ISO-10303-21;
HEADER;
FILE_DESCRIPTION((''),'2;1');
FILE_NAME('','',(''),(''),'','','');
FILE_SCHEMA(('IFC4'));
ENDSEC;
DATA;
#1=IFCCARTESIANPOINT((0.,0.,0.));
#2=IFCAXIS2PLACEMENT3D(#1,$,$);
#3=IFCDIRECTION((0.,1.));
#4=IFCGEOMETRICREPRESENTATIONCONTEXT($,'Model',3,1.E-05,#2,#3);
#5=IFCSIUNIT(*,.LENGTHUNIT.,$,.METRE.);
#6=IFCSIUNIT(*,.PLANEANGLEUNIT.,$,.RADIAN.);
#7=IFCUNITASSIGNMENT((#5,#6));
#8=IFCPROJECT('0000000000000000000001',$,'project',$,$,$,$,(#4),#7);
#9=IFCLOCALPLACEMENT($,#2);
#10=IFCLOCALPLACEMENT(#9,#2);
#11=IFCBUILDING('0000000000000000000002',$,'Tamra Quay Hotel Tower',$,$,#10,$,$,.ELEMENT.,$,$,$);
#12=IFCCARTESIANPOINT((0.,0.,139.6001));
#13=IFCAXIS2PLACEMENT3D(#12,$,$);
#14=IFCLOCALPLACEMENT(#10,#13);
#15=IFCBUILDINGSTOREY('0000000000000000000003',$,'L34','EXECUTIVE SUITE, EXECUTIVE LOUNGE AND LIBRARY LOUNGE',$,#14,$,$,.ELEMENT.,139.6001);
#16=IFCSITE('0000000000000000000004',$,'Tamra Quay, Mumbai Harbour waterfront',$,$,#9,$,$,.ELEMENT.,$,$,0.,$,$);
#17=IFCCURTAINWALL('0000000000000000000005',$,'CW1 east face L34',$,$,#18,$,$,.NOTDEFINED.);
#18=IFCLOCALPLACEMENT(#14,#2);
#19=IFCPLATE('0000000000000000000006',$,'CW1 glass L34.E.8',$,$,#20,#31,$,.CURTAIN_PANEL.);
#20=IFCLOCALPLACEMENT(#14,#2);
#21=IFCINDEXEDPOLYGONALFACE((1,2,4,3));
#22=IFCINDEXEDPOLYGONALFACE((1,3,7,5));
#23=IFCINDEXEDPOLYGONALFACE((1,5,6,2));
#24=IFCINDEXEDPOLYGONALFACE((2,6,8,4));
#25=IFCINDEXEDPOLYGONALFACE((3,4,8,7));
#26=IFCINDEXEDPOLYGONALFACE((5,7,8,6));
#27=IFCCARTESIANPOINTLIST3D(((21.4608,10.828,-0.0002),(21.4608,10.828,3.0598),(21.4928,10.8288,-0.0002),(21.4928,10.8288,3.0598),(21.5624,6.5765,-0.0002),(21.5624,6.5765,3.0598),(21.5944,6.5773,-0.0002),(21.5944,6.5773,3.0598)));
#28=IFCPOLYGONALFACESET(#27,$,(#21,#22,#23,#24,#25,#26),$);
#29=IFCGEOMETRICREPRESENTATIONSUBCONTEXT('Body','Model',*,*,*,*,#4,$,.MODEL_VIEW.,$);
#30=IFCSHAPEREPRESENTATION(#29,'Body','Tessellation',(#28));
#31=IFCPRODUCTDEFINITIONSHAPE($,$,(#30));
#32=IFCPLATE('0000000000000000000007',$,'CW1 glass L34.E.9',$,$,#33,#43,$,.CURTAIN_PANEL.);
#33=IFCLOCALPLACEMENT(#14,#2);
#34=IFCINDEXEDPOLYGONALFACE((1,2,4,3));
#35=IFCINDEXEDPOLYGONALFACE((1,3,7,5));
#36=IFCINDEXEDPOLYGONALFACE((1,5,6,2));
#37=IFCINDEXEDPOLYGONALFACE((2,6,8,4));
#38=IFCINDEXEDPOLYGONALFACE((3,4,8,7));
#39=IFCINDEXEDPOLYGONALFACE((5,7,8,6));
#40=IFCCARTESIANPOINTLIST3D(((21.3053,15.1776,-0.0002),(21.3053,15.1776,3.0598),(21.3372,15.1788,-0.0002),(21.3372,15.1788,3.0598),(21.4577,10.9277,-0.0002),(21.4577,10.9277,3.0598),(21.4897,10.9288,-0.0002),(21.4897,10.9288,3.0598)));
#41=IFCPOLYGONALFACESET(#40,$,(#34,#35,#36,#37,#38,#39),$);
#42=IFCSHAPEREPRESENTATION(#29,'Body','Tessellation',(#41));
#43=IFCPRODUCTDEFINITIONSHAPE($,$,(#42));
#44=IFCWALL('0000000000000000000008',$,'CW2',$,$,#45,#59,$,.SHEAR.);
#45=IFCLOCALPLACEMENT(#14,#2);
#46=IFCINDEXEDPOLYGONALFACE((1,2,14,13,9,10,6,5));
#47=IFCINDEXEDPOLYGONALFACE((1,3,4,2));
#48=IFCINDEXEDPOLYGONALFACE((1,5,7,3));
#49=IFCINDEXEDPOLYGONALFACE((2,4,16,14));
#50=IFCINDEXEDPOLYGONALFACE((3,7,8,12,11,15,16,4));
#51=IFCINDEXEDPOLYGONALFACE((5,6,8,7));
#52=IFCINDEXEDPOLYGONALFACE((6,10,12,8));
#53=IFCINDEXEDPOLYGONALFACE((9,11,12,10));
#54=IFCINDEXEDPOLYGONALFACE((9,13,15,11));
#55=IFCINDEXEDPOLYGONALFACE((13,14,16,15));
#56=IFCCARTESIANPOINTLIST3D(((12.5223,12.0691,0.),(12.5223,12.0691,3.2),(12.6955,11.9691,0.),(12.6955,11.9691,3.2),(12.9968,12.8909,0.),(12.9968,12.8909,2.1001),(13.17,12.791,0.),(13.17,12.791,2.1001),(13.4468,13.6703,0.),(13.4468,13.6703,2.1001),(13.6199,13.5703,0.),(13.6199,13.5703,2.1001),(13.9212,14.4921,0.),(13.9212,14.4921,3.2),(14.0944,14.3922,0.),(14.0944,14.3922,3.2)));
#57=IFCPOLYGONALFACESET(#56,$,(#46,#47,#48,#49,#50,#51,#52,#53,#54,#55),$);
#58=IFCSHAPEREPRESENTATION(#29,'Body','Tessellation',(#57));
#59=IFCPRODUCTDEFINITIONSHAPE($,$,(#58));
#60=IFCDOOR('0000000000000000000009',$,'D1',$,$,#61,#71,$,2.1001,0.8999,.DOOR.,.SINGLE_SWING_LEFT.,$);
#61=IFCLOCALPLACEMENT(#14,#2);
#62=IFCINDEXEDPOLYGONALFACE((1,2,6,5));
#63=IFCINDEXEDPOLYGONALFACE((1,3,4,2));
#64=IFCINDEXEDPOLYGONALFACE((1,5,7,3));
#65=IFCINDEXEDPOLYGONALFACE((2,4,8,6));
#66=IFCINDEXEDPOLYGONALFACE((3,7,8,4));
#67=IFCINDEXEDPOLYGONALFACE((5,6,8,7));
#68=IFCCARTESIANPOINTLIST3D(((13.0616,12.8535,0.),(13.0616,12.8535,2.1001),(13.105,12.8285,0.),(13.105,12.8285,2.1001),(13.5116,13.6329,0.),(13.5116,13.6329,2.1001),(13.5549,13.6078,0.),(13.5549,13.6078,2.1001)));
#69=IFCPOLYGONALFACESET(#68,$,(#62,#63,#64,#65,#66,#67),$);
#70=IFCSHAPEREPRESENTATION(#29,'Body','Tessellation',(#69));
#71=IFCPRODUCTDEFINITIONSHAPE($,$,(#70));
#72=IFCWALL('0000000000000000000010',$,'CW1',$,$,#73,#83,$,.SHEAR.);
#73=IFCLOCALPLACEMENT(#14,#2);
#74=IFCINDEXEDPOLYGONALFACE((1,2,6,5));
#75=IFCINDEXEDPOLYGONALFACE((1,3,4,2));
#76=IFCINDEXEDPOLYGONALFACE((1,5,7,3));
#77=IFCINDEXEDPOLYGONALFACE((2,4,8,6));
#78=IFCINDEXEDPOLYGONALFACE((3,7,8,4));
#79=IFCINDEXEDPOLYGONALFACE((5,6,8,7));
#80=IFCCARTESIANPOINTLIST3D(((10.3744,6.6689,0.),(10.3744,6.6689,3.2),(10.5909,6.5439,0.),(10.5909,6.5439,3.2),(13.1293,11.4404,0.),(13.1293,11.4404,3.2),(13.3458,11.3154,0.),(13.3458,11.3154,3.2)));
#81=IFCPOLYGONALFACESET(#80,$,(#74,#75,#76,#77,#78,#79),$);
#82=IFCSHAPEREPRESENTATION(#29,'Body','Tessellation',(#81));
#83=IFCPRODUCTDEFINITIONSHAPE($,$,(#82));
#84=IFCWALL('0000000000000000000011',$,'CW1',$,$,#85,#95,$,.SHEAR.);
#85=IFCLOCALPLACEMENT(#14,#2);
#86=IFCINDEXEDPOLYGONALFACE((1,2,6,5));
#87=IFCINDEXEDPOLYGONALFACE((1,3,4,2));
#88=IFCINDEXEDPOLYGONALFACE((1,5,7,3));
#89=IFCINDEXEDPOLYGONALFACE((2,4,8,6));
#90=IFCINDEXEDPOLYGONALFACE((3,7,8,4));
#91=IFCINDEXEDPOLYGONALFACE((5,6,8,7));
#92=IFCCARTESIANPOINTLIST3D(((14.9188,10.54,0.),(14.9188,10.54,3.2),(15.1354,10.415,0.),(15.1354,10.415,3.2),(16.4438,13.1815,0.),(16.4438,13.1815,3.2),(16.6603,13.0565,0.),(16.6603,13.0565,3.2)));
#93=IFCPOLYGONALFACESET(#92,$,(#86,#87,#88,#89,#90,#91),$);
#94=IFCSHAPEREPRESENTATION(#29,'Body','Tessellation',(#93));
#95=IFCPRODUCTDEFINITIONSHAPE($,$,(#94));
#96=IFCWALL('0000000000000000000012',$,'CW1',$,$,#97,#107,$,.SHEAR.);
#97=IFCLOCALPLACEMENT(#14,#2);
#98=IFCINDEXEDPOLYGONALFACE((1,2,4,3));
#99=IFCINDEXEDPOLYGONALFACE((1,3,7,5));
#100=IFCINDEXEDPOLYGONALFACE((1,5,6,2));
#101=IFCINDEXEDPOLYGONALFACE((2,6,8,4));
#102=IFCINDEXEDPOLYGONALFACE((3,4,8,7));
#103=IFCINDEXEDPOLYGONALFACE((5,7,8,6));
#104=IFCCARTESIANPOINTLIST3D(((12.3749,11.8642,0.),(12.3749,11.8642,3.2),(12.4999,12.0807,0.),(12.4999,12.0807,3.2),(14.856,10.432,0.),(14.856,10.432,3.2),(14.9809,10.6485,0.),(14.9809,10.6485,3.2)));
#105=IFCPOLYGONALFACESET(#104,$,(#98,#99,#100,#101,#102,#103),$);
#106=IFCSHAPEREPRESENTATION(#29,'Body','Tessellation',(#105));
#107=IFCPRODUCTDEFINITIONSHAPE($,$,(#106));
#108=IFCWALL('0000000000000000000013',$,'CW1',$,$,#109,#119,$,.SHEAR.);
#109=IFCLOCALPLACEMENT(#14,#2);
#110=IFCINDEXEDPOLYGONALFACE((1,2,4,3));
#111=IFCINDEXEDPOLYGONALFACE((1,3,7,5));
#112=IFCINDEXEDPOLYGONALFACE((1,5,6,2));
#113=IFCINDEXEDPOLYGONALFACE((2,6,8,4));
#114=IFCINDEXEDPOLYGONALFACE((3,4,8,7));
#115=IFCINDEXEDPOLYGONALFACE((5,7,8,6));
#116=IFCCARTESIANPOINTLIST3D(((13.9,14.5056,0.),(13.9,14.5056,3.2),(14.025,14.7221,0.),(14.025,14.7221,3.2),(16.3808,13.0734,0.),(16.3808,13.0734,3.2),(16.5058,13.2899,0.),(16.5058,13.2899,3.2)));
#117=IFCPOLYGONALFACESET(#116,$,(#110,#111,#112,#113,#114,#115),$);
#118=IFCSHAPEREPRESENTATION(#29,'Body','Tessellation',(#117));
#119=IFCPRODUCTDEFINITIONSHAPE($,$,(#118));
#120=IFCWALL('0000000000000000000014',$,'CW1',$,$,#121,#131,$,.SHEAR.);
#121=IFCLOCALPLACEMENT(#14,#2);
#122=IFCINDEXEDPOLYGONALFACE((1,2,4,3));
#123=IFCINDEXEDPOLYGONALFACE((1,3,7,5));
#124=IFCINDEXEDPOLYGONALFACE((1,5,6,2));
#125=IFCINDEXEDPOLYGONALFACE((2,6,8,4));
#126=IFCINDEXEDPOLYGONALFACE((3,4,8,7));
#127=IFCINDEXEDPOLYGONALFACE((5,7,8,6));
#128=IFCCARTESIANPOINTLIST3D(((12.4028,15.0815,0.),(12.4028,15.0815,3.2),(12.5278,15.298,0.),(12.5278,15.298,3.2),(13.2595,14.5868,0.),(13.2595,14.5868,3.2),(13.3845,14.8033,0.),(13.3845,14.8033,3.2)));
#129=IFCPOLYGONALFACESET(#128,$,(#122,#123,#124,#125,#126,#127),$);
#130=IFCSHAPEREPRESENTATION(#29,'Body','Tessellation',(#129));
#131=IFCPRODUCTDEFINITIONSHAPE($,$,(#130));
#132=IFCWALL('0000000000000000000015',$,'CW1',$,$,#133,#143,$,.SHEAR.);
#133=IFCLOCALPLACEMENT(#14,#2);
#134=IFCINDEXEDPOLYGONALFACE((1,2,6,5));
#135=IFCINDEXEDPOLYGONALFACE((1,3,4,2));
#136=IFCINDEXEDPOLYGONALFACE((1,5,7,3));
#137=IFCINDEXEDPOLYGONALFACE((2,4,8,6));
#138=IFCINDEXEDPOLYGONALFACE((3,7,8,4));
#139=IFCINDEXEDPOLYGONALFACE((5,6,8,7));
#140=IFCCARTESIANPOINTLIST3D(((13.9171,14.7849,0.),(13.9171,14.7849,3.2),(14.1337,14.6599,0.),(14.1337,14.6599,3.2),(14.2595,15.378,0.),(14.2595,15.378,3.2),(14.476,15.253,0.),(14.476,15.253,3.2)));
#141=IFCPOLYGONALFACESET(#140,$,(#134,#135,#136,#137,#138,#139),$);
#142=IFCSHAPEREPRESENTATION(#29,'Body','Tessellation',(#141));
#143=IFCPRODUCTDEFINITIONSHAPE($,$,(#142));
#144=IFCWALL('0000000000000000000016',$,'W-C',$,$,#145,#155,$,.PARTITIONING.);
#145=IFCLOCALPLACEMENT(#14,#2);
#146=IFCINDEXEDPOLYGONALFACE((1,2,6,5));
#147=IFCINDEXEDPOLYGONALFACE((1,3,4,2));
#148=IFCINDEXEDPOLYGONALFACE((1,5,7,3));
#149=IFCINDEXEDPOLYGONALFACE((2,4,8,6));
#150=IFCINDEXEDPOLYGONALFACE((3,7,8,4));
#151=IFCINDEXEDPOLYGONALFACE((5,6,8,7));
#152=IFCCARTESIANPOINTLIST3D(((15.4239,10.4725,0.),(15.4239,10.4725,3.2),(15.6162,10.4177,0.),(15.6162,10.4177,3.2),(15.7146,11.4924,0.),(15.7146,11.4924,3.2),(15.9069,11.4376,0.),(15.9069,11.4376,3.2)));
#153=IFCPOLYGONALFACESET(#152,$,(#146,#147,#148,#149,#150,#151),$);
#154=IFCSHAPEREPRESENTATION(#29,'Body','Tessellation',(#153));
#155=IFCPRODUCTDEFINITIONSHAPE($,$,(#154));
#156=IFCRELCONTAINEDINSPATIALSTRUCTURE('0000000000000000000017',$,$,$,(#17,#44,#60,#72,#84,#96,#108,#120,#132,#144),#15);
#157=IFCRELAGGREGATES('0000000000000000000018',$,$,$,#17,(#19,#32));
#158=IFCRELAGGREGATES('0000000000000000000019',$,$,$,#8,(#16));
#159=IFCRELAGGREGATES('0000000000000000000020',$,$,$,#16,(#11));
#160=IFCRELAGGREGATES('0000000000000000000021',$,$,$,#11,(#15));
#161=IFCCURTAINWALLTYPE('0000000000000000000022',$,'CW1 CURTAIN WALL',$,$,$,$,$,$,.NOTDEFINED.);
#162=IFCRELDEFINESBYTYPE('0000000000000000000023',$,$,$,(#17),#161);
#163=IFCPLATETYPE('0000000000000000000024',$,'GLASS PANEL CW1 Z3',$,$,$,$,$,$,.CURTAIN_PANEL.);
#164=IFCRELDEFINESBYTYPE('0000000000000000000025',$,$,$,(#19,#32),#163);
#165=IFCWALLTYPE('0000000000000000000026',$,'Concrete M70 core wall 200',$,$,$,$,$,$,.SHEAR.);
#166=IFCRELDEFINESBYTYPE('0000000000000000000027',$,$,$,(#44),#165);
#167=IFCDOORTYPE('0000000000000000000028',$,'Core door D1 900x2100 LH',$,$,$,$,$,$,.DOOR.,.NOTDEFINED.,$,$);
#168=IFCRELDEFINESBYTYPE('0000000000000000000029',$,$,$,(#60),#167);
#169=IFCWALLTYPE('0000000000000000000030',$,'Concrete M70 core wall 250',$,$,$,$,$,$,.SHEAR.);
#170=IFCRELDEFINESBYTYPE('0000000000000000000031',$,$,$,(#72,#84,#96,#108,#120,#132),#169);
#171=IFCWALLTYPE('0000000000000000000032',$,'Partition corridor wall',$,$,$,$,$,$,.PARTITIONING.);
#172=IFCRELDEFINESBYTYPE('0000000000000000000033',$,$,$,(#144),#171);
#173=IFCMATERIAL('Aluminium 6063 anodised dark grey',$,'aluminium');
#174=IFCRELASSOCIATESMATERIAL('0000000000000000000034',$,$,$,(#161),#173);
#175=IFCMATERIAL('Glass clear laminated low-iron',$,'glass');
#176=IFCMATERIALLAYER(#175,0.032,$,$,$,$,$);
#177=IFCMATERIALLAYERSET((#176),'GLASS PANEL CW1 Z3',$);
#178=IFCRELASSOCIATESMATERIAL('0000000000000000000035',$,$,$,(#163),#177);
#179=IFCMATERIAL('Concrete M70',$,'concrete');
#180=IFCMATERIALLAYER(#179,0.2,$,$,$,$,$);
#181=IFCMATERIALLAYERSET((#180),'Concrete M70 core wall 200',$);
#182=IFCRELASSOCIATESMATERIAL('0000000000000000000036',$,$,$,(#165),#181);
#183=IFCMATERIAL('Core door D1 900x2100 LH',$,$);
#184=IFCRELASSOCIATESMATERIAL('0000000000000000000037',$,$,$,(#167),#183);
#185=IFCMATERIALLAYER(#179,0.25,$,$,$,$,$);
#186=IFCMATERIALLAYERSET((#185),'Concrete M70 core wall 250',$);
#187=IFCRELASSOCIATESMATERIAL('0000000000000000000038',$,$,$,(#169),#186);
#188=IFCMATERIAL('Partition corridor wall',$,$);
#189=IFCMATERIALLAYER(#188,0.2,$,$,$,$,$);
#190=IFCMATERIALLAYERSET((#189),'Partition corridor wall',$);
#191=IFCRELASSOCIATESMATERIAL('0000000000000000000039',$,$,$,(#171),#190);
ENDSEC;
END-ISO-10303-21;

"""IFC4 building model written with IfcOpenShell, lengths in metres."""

from ifc_helpers import new_model, si_unit, direction, frame, frame_2d, origin, origin_2d, place, context, subcontext, project, spatial, rectangle, extrude, material, layer, layer_set, type_object, element, fill, aggregate, save


model = new_model("IFC4")

# Units and contexts
model_context = context("Model", 3, precision=1e-05, world=origin(), true_north=direction((0.0, 1.0)))
body_context = subcontext(model_context, "Body", "Model", "MODEL_VIEW")
ifc_project = project(units=[si_unit("LENGTHUNIT", "METRE"), si_unit("PLANEANGLEUNIT", "RADIAN")], contexts=[model_context])

# Site, building, storey
site_placement = place(None, origin())
site = spatial("IfcSite", under=ifc_project, at=site_placement, Name="Tamra Quay, Mumbai Harbour waterfront", CompositionType="ELEMENT", RefElevation=0.0)
building_placement = place(site_placement, origin())
building = spatial("IfcBuilding", under=site, at=building_placement, Name="Tamra Quay Hotel Tower", CompositionType="ELEMENT")
storey_placement = place(building_placement, frame((0.0, 0.0, 139.6001)))
storey = spatial("IfcBuildingStorey", under=building, at=storey_placement, Name="L34", Description="EXECUTIVE SUITE, EXECUTIVE LOUNGE AND LIBRARY LOUNGE", CompositionType="ELEMENT", Elevation=139.6001)

# Shared definitions
ifc_material_1 = material(Name="Concrete M70", Category="concrete")

# Curtain wall
ifc_material_2 = material(Name="Aluminium 6063 anodised dark grey", Category="aluminium")
curtain_wall_type = type_object("IfcCurtainWallType", Name="CW1 CURTAIN WALL", PredefinedType="NOTDEFINED", material=ifc_material_2)
curtain_wall_placement = place(storey_placement, origin())
curtain_wall = element("IfcCurtainWall", 1, at=curtain_wall_placement, inside=storey, type_object=curtain_wall_type, Name="CW1 east face L34", PredefinedType="NOTDEFINED")

# Plates
ifc_material_3 = material(Name="Glass clear laminated low-iron", Category="glass")
ifc_layer_1 = layer(ifc_material_3, 0.032)
ifc_layer_set_1 = layer_set([ifc_layer_1], Name="GLASS PANEL CW1 Z3")
plate_type = type_object("IfcPlateType", Name="GLASS PANEL CW1 Z3", PredefinedType="CURTAIN_PANEL", material=ifc_layer_set_1)
plate_1_placement = place(storey_placement, frame((21.5276, 8.7026, -0.0002), z_axis=(0.0, 0.0, 1.0), x_axis=(-0.023896, 0.999714, 0.0)))
plate_1 = element("IfcPlate", 2, at=plate_1_placement, type_object=plate_type, Name="CW1 glass L34.E.8", PredefinedType="CURTAIN_PANEL", context=body_context, shape_type="SweptSolid", body=[
    extrude(rectangle(XDim=4.2527, YDim=0.032, at=origin_2d()), origin(), (0.0, 0.0, 1.0), 3.0601),
])
plate_2_placement = place(storey_placement, frame((21.3975, 13.0532, -0.0002), z_axis=(0.0, 0.0, 1.0), x_axis=(-0.035845, 0.999357, 0.0)))
plate_2 = element("IfcPlate", 3, at=plate_2_placement, type_object=plate_type, Name="CW1 glass L34.E.9", PredefinedType="CURTAIN_PANEL", context=body_context, shape_type="SweptSolid", body=[
    extrude(rectangle(XDim=4.2527, YDim=0.032, at=origin_2d()), origin(), (0.0, 0.0, 1.0), 3.0601),
])
aggregate(curtain_wall, [plate_1, plate_2])

# Wall, opening, door
ifc_layer_2 = layer(ifc_material_1, 0.2)
ifc_layer_set_2 = layer_set([ifc_layer_2], Name="Concrete M70 core wall 200")
wall_type_1 = type_object("IfcWallType", Name="Concrete M70 core wall 200", PredefinedType="SHEAR", material=ifc_layer_set_2)
wall_1_placement = place(storey_placement, frame((14.0078, 14.4421, 0.0), z_axis=(0.0, 0.0, 1.0), x_axis=(-0.499987, -0.866033, 0.0)))
wall_1 = element("IfcWall", 4, at=wall_1_placement, inside=storey, type_object=wall_type_1, Name="CW2", PredefinedType="SHEAR", context=body_context, shape_type="SweptSolid", body=[
    extrude(rectangle(XDim=2.7979, YDim=0.2, at=frame_2d((1.3989, 0.0))), origin(), (0.0, 0.0, 1.0), 3.2),
])
opening_placement = place(wall_1_placement, frame((0.949, 0.0, 0.0)))
opening = element("IfcOpeningElement", 5, at=opening_placement, cuts=wall_1, PredefinedType="OPENING", context=body_context, shape_type="SweptSolid", body=[
    extrude(rectangle(XDim=0.8999, YDim=2.1001, at=frame_2d((0.45, 1.05))), frame((0.0, 0.1099, 0.0), z_axis=(0.0, -1.0, 0.0), x_axis=(1.0, 0.0, 0.0)), (0.0, 0.0, 1.0), 0.22),
])
ifc_material_4 = material(Name="Core door D1 900x2100 LH")
door_type = type_object("IfcDoorType", Name="Core door D1 900x2100 LH", OperationType="NOTDEFINED", PredefinedType="DOOR", material=ifc_material_4)
door_placement = place(opening_placement, origin())
door = element("IfcDoor", 6, at=door_placement, inside=storey, type_object=door_type, Name="D1", OperationType="SINGLE_SWING_LEFT", OverallHeight=2.1001, OverallWidth=0.8999, PredefinedType="DOOR", context=body_context, shape_type="SweptSolid", body=[
    extrude(rectangle(XDim=0.8999, YDim=2.1001, at=frame_2d((0.45, 1.05))), frame((0.0, 0.0249, 0.0), z_axis=(0.0, -1.0, 0.0), x_axis=(1.0, 0.0, 0.0)), (0.0, 0.0, 1.0), 0.05),
])
fill(opening, door)

# Walls
ifc_layer_3 = layer(ifc_material_1, 0.25)
ifc_layer_set_3 = layer_set([ifc_layer_3], Name="Concrete M70 core wall 250")
wall_type_2 = type_object("IfcWallType", Name="Concrete M70 core wall 250", PredefinedType="SHEAR", material=ifc_layer_set_3)
wall_2_placement = place(storey_placement, frame((13.2375, 11.3779, 0.0), z_axis=(0.0, 0.0, 1.0), x_axis=(-0.500009, -0.86602, 0.0)))
element("IfcWall", 7, at=wall_2_placement, inside=storey, type_object=wall_type_2, Name="CW1", PredefinedType="SHEAR", context=body_context, shape_type="SweptSolid", body=[
    extrude(rectangle(XDim=5.5098, YDim=0.25, at=frame_2d((2.7549, 0.0))), origin(), (0.0, 0.0, 1.0), 3.2),
])
wall_3_placement = place(storey_placement, frame((16.552, 13.1189, 0.0), z_axis=(0.0, 0.0, 1.0), x_axis=(-0.499979, -0.866038, 0.0)))
element("IfcWall", 8, at=wall_3_placement, inside=storey, type_object=wall_type_2, Name="CW1", PredefinedType="SHEAR", context=body_context, shape_type="SweptSolid", body=[
    extrude(rectangle(XDim=3.05, YDim=0.25, at=frame_2d((1.5249, 0.0))), origin(), (0.0, 0.0, 1.0), 3.2),
])
wall_4_placement = place(storey_placement, frame((14.9185, 10.5403, 0.0), z_axis=(0.0, 0.0, 1.0), x_axis=(-0.866064, 0.499934, 0.0)))
element("IfcWall", 9, at=wall_4_placement, inside=storey, type_object=wall_type_2, Name="CW1", PredefinedType="SHEAR", context=body_context, shape_type="SweptSolid", body=[
    extrude(rectangle(XDim=2.8647, YDim=0.25, at=frame_2d((1.4324, 0.0))), origin(), (0.0, 0.0, 1.0), 3.2),
])
wall_5_placement = place(storey_placement, frame((13.9626, 14.6138, 0.0), z_axis=(0.0, 0.0, 1.0), x_axis=(0.866042, -0.499971, 0.0)))
element("IfcWall", 10, at=wall_5_placement, inside=storey, type_object=wall_type_2, Name="CW1", PredefinedType="SHEAR", context=body_context, shape_type="SweptSolid", body=[
    extrude(rectangle(XDim=2.8645, YDim=0.25, at=frame_2d((1.4321, 0.0))), origin(), (0.0, 0.0, 1.0), 3.2),
])
wall_6_placement = place(storey_placement, frame((13.322, 14.6951, 0.0), z_axis=(0.0, 0.0, 1.0), x_axis=(-0.866017, 0.500014, 0.0)))
element("IfcWall", 11, at=wall_6_placement, inside=storey, type_object=wall_type_2, Name="CW1", PredefinedType="SHEAR", context=body_context, shape_type="SweptSolid", body=[
    extrude(rectangle(XDim=0.9893, YDim=0.25, at=frame_2d((0.4946, 0.0))), origin(), (0.0, 0.0, 1.0), 3.2),
])
wall_7_placement = place(storey_placement, frame((14.3677, 15.3154, 0.0), z_axis=(0.0, 0.0, 1.0), x_axis=(-0.499897, -0.866085, 0.0)))
element("IfcWall", 12, at=wall_7_placement, inside=storey, type_object=wall_type_2, Name="CW1", PredefinedType="SHEAR", context=body_context, shape_type="SweptSolid", body=[
    extrude(rectangle(XDim=0.6848, YDim=0.25, at=frame_2d((0.3423, 0.0))), origin(), (0.0, 0.0, 1.0), 3.2),
])
ifc_material_5 = material(Name="Partition corridor wall")
ifc_layer_4 = layer(ifc_material_5, 0.2)
ifc_layer_set_4 = layer_set([ifc_layer_4], Name="Partition corridor wall")
wall_type_3 = type_object("IfcWallType", Name="Partition corridor wall", PredefinedType="PARTITIONING", material=ifc_layer_set_4)
wall_8_placement = place(storey_placement, frame((15.52, 10.4451, 0.0), z_axis=(0.0, 0.0, 1.0), x_axis=(0.274143, 0.961689, 0.0)))
element("IfcWall", 13, at=wall_8_placement, inside=storey, type_object=wall_type_3, Name="W-C", PredefinedType="PARTITIONING", context=body_context, shape_type="SweptSolid", body=[
    extrude(rectangle(XDim=1.0605, YDim=0.2, at=frame_2d((0.5303, 0.0))), origin(), (0.0, 0.0, 1.0), 3.2),
])

save(model, "model.ifc")
